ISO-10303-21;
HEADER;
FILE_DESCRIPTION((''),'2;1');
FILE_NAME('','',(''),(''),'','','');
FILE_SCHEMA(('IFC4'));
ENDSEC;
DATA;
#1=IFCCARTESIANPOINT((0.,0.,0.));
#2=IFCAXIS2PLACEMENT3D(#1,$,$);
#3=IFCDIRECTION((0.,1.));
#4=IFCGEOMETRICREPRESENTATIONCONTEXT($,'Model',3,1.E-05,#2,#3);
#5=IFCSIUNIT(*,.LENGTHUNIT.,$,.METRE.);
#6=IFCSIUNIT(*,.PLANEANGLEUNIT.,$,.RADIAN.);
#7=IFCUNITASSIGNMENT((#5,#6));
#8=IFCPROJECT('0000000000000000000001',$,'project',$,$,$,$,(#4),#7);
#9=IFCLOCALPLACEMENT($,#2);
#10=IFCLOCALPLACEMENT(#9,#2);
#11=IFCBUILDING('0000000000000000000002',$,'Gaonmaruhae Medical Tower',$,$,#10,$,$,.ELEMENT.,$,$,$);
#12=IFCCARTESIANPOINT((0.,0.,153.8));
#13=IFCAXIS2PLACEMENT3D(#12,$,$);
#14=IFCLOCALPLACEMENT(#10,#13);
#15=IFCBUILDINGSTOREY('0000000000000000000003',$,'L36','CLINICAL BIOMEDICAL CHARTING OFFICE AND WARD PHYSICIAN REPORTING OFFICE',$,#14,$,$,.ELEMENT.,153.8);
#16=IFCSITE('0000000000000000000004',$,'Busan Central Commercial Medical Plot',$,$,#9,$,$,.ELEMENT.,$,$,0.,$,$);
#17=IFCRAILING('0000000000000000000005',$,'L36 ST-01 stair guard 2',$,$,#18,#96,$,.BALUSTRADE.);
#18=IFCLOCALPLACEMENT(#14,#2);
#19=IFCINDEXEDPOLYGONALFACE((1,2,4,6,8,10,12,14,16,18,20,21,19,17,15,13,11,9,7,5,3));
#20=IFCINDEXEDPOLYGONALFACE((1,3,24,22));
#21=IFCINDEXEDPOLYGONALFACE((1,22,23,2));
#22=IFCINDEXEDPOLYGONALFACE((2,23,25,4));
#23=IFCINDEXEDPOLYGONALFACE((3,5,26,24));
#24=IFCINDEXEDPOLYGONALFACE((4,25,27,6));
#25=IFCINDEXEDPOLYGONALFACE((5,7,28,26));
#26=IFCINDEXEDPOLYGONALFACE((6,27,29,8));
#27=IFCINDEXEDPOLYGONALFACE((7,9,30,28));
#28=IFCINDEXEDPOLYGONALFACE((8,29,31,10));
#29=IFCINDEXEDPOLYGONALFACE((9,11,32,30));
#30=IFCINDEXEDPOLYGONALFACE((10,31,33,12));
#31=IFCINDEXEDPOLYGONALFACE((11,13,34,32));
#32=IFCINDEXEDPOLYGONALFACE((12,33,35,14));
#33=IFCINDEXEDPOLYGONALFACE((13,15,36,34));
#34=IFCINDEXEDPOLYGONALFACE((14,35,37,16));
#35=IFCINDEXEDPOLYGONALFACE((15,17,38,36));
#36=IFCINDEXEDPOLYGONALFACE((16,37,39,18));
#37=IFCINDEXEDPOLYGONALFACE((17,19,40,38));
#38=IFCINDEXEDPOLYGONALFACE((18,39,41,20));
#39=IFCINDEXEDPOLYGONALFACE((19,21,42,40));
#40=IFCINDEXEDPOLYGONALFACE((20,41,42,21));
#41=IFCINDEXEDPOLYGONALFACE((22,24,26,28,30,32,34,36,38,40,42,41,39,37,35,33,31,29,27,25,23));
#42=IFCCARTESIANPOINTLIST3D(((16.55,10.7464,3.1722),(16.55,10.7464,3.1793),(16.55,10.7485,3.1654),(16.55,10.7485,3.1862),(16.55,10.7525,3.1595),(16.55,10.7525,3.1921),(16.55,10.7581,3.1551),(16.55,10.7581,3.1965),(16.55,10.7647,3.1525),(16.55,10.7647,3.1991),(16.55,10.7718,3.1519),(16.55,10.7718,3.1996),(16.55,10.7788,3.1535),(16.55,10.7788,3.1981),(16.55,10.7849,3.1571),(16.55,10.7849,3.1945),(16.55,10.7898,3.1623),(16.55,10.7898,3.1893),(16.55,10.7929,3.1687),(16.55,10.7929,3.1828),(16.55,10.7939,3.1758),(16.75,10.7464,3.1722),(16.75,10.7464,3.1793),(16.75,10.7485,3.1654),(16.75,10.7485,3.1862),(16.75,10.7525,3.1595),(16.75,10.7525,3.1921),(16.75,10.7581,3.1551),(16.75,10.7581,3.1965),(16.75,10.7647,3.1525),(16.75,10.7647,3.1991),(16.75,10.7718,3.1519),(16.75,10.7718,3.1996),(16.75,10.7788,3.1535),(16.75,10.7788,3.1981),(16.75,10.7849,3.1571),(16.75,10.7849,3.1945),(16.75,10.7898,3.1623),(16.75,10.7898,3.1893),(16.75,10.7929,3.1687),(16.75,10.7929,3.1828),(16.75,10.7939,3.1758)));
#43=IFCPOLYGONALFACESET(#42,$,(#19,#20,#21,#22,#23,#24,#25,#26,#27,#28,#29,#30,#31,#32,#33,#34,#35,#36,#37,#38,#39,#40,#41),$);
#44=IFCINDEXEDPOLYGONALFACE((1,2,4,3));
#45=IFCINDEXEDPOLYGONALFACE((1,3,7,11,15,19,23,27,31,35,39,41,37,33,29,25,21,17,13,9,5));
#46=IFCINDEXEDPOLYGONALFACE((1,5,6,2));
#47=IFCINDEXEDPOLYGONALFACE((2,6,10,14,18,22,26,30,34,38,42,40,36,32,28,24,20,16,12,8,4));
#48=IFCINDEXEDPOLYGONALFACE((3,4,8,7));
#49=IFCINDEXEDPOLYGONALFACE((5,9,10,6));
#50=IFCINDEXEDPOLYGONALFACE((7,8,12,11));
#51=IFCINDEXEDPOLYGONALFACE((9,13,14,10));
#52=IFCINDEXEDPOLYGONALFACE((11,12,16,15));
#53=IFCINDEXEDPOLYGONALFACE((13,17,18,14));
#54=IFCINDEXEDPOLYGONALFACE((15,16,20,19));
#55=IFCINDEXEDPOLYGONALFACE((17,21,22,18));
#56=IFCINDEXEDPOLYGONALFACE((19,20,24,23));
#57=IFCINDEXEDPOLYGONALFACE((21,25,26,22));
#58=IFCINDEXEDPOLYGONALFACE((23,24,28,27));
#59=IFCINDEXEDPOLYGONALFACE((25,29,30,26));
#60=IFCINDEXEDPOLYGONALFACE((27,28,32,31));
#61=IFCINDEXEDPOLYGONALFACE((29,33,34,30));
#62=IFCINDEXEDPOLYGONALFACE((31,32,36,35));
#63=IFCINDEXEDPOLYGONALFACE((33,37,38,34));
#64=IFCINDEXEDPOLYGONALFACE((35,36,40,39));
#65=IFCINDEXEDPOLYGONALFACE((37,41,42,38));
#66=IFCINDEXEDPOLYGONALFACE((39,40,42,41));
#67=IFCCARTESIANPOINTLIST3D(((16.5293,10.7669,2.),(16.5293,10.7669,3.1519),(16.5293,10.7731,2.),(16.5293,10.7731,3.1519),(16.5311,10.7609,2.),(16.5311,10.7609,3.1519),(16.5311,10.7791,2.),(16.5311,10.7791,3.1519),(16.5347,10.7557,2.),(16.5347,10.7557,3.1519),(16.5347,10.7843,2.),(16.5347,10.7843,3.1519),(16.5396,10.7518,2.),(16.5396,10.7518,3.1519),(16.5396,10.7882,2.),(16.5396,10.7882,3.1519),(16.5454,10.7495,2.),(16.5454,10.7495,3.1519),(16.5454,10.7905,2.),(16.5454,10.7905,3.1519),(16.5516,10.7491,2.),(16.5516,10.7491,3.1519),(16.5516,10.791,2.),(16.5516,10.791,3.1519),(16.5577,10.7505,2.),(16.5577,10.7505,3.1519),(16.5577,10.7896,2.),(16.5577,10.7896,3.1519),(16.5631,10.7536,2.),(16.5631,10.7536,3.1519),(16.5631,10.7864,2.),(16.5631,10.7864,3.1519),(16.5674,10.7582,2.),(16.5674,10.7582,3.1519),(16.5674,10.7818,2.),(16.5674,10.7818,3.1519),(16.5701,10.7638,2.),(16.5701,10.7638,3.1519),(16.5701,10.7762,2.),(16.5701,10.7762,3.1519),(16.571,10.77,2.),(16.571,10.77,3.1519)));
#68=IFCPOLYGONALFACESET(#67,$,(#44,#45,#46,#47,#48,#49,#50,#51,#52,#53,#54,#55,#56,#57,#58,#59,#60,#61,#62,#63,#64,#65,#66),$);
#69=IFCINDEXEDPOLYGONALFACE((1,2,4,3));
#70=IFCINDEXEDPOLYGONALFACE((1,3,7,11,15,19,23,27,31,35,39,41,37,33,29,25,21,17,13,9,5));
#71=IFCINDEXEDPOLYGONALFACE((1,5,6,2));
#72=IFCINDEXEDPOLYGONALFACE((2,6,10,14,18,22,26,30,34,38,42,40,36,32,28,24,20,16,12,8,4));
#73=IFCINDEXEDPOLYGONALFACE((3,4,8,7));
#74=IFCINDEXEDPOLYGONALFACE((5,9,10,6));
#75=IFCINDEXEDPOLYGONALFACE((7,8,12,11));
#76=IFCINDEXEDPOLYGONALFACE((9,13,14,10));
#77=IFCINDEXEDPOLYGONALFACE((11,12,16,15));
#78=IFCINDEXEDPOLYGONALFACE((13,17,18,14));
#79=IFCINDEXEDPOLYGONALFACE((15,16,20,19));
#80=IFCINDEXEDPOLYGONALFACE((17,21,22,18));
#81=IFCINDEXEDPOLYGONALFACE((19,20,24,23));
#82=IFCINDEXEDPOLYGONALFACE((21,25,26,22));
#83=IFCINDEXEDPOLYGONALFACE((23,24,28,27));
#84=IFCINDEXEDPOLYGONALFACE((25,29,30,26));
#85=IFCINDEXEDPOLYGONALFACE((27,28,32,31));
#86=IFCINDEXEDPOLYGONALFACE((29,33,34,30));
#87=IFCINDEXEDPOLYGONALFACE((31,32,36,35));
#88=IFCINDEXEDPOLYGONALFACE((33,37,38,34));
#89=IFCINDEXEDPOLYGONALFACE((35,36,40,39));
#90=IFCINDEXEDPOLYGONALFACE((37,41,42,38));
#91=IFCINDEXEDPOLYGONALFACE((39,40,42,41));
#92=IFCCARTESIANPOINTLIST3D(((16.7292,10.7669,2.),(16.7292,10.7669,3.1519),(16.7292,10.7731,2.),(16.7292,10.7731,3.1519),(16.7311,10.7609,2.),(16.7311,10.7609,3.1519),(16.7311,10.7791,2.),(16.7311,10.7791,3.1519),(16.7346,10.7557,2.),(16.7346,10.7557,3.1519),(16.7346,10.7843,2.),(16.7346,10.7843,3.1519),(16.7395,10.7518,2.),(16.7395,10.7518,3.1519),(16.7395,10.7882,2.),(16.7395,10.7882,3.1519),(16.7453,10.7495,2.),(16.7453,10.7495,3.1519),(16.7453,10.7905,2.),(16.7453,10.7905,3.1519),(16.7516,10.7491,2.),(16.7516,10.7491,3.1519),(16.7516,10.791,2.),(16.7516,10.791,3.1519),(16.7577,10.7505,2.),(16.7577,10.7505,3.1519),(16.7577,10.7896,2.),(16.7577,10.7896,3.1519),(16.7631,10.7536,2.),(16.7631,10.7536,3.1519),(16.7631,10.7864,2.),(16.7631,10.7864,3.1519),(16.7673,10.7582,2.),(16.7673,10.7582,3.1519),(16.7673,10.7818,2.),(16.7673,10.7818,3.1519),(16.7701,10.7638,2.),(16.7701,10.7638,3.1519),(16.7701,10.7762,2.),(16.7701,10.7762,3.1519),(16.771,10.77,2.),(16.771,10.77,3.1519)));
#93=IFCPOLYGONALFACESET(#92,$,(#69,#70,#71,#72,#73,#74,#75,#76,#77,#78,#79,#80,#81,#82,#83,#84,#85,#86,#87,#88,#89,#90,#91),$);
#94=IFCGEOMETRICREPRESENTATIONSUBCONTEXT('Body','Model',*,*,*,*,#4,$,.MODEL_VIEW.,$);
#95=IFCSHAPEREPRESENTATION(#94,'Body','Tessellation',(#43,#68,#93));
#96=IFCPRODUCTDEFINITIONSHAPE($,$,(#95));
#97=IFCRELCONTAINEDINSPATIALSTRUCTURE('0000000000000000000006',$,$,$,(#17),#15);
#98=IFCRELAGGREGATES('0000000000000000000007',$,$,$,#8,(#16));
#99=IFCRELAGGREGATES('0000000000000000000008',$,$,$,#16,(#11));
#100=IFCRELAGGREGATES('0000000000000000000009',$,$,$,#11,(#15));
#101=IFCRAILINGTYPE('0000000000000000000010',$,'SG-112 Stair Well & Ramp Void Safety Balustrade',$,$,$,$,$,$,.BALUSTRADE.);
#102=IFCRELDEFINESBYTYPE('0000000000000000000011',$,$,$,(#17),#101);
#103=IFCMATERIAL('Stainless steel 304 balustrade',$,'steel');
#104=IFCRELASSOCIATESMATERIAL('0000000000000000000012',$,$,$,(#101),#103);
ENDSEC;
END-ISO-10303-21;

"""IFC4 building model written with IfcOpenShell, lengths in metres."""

from ifc_helpers import new_model, si_unit, direction, frame, origin, origin_2d, place, context, subcontext, project, spatial, circle, extrude, material, type_object, element, save


model = new_model("IFC4")

# Units and contexts
model_context = context("Model", 3, precision=1e-05, world=origin(), true_north=direction((0.0, 1.0)))
body_context = subcontext(model_context, "Body", "Model", "MODEL_VIEW")
ifc_project = project(units=[si_unit("LENGTHUNIT", "METRE"), si_unit("PLANEANGLEUNIT", "RADIAN")], contexts=[model_context])

# Site, building, storey
site_placement = place(None, origin())
site = spatial("IfcSite", under=ifc_project, at=site_placement, Name="Busan Central Commercial Medical Plot", CompositionType="ELEMENT", RefElevation=0.0)
building_placement = place(site_placement, origin())
building = spatial("IfcBuilding", under=site, at=building_placement, Name="Gaonmaruhae Medical Tower", CompositionType="ELEMENT")
storey_placement = place(building_placement, frame((0.0, 0.0, 153.8)))
storey = spatial("IfcBuildingStorey", under=building, at=storey_placement, Name="L36", Description="CLINICAL BIOMEDICAL CHARTING OFFICE AND WARD PHYSICIAN REPORTING OFFICE", CompositionType="ELEMENT", Elevation=153.8)

# Railing
ifc_material_1 = material(Name="Stainless steel 304 balustrade", Category="steel")
railing_type_1 = type_object("IfcRailingType", Name="SG-112 Stair Well & Ramp Void Safety Balustrade", PredefinedType="BALUSTRADE", material=ifc_material_1)
railing_1_placement = place(storey_placement, frame((16.55, 10.77, 2.0)))
element("IfcRailing", 1, at=railing_1_placement, inside=storey, type_object=railing_type_1, Name="L36 ST-01 stair guard 2", PredefinedType="BALUSTRADE", context=body_context, shape_type="SweptSolid", body=[
    extrude(circle(Radius=0.0239, at=origin_2d()), frame((0.0, 0.0, 1.1758), z_axis=(1.0, 0.0, 0.0), x_axis=(0.0, 1.0, 0.0)), (0.0, 0.0, 1.0), 0.2),
    extrude(circle(Radius=0.021, at=origin_2d()), origin(), (0.0, 0.0, 1.0), 1.1519),
    extrude(circle(Radius=0.021, at=origin_2d()), frame((0.2, 0.0, 0.0)), (0.0, 0.0, 1.0), 1.1519),
])

save(model, "model.ifc")
